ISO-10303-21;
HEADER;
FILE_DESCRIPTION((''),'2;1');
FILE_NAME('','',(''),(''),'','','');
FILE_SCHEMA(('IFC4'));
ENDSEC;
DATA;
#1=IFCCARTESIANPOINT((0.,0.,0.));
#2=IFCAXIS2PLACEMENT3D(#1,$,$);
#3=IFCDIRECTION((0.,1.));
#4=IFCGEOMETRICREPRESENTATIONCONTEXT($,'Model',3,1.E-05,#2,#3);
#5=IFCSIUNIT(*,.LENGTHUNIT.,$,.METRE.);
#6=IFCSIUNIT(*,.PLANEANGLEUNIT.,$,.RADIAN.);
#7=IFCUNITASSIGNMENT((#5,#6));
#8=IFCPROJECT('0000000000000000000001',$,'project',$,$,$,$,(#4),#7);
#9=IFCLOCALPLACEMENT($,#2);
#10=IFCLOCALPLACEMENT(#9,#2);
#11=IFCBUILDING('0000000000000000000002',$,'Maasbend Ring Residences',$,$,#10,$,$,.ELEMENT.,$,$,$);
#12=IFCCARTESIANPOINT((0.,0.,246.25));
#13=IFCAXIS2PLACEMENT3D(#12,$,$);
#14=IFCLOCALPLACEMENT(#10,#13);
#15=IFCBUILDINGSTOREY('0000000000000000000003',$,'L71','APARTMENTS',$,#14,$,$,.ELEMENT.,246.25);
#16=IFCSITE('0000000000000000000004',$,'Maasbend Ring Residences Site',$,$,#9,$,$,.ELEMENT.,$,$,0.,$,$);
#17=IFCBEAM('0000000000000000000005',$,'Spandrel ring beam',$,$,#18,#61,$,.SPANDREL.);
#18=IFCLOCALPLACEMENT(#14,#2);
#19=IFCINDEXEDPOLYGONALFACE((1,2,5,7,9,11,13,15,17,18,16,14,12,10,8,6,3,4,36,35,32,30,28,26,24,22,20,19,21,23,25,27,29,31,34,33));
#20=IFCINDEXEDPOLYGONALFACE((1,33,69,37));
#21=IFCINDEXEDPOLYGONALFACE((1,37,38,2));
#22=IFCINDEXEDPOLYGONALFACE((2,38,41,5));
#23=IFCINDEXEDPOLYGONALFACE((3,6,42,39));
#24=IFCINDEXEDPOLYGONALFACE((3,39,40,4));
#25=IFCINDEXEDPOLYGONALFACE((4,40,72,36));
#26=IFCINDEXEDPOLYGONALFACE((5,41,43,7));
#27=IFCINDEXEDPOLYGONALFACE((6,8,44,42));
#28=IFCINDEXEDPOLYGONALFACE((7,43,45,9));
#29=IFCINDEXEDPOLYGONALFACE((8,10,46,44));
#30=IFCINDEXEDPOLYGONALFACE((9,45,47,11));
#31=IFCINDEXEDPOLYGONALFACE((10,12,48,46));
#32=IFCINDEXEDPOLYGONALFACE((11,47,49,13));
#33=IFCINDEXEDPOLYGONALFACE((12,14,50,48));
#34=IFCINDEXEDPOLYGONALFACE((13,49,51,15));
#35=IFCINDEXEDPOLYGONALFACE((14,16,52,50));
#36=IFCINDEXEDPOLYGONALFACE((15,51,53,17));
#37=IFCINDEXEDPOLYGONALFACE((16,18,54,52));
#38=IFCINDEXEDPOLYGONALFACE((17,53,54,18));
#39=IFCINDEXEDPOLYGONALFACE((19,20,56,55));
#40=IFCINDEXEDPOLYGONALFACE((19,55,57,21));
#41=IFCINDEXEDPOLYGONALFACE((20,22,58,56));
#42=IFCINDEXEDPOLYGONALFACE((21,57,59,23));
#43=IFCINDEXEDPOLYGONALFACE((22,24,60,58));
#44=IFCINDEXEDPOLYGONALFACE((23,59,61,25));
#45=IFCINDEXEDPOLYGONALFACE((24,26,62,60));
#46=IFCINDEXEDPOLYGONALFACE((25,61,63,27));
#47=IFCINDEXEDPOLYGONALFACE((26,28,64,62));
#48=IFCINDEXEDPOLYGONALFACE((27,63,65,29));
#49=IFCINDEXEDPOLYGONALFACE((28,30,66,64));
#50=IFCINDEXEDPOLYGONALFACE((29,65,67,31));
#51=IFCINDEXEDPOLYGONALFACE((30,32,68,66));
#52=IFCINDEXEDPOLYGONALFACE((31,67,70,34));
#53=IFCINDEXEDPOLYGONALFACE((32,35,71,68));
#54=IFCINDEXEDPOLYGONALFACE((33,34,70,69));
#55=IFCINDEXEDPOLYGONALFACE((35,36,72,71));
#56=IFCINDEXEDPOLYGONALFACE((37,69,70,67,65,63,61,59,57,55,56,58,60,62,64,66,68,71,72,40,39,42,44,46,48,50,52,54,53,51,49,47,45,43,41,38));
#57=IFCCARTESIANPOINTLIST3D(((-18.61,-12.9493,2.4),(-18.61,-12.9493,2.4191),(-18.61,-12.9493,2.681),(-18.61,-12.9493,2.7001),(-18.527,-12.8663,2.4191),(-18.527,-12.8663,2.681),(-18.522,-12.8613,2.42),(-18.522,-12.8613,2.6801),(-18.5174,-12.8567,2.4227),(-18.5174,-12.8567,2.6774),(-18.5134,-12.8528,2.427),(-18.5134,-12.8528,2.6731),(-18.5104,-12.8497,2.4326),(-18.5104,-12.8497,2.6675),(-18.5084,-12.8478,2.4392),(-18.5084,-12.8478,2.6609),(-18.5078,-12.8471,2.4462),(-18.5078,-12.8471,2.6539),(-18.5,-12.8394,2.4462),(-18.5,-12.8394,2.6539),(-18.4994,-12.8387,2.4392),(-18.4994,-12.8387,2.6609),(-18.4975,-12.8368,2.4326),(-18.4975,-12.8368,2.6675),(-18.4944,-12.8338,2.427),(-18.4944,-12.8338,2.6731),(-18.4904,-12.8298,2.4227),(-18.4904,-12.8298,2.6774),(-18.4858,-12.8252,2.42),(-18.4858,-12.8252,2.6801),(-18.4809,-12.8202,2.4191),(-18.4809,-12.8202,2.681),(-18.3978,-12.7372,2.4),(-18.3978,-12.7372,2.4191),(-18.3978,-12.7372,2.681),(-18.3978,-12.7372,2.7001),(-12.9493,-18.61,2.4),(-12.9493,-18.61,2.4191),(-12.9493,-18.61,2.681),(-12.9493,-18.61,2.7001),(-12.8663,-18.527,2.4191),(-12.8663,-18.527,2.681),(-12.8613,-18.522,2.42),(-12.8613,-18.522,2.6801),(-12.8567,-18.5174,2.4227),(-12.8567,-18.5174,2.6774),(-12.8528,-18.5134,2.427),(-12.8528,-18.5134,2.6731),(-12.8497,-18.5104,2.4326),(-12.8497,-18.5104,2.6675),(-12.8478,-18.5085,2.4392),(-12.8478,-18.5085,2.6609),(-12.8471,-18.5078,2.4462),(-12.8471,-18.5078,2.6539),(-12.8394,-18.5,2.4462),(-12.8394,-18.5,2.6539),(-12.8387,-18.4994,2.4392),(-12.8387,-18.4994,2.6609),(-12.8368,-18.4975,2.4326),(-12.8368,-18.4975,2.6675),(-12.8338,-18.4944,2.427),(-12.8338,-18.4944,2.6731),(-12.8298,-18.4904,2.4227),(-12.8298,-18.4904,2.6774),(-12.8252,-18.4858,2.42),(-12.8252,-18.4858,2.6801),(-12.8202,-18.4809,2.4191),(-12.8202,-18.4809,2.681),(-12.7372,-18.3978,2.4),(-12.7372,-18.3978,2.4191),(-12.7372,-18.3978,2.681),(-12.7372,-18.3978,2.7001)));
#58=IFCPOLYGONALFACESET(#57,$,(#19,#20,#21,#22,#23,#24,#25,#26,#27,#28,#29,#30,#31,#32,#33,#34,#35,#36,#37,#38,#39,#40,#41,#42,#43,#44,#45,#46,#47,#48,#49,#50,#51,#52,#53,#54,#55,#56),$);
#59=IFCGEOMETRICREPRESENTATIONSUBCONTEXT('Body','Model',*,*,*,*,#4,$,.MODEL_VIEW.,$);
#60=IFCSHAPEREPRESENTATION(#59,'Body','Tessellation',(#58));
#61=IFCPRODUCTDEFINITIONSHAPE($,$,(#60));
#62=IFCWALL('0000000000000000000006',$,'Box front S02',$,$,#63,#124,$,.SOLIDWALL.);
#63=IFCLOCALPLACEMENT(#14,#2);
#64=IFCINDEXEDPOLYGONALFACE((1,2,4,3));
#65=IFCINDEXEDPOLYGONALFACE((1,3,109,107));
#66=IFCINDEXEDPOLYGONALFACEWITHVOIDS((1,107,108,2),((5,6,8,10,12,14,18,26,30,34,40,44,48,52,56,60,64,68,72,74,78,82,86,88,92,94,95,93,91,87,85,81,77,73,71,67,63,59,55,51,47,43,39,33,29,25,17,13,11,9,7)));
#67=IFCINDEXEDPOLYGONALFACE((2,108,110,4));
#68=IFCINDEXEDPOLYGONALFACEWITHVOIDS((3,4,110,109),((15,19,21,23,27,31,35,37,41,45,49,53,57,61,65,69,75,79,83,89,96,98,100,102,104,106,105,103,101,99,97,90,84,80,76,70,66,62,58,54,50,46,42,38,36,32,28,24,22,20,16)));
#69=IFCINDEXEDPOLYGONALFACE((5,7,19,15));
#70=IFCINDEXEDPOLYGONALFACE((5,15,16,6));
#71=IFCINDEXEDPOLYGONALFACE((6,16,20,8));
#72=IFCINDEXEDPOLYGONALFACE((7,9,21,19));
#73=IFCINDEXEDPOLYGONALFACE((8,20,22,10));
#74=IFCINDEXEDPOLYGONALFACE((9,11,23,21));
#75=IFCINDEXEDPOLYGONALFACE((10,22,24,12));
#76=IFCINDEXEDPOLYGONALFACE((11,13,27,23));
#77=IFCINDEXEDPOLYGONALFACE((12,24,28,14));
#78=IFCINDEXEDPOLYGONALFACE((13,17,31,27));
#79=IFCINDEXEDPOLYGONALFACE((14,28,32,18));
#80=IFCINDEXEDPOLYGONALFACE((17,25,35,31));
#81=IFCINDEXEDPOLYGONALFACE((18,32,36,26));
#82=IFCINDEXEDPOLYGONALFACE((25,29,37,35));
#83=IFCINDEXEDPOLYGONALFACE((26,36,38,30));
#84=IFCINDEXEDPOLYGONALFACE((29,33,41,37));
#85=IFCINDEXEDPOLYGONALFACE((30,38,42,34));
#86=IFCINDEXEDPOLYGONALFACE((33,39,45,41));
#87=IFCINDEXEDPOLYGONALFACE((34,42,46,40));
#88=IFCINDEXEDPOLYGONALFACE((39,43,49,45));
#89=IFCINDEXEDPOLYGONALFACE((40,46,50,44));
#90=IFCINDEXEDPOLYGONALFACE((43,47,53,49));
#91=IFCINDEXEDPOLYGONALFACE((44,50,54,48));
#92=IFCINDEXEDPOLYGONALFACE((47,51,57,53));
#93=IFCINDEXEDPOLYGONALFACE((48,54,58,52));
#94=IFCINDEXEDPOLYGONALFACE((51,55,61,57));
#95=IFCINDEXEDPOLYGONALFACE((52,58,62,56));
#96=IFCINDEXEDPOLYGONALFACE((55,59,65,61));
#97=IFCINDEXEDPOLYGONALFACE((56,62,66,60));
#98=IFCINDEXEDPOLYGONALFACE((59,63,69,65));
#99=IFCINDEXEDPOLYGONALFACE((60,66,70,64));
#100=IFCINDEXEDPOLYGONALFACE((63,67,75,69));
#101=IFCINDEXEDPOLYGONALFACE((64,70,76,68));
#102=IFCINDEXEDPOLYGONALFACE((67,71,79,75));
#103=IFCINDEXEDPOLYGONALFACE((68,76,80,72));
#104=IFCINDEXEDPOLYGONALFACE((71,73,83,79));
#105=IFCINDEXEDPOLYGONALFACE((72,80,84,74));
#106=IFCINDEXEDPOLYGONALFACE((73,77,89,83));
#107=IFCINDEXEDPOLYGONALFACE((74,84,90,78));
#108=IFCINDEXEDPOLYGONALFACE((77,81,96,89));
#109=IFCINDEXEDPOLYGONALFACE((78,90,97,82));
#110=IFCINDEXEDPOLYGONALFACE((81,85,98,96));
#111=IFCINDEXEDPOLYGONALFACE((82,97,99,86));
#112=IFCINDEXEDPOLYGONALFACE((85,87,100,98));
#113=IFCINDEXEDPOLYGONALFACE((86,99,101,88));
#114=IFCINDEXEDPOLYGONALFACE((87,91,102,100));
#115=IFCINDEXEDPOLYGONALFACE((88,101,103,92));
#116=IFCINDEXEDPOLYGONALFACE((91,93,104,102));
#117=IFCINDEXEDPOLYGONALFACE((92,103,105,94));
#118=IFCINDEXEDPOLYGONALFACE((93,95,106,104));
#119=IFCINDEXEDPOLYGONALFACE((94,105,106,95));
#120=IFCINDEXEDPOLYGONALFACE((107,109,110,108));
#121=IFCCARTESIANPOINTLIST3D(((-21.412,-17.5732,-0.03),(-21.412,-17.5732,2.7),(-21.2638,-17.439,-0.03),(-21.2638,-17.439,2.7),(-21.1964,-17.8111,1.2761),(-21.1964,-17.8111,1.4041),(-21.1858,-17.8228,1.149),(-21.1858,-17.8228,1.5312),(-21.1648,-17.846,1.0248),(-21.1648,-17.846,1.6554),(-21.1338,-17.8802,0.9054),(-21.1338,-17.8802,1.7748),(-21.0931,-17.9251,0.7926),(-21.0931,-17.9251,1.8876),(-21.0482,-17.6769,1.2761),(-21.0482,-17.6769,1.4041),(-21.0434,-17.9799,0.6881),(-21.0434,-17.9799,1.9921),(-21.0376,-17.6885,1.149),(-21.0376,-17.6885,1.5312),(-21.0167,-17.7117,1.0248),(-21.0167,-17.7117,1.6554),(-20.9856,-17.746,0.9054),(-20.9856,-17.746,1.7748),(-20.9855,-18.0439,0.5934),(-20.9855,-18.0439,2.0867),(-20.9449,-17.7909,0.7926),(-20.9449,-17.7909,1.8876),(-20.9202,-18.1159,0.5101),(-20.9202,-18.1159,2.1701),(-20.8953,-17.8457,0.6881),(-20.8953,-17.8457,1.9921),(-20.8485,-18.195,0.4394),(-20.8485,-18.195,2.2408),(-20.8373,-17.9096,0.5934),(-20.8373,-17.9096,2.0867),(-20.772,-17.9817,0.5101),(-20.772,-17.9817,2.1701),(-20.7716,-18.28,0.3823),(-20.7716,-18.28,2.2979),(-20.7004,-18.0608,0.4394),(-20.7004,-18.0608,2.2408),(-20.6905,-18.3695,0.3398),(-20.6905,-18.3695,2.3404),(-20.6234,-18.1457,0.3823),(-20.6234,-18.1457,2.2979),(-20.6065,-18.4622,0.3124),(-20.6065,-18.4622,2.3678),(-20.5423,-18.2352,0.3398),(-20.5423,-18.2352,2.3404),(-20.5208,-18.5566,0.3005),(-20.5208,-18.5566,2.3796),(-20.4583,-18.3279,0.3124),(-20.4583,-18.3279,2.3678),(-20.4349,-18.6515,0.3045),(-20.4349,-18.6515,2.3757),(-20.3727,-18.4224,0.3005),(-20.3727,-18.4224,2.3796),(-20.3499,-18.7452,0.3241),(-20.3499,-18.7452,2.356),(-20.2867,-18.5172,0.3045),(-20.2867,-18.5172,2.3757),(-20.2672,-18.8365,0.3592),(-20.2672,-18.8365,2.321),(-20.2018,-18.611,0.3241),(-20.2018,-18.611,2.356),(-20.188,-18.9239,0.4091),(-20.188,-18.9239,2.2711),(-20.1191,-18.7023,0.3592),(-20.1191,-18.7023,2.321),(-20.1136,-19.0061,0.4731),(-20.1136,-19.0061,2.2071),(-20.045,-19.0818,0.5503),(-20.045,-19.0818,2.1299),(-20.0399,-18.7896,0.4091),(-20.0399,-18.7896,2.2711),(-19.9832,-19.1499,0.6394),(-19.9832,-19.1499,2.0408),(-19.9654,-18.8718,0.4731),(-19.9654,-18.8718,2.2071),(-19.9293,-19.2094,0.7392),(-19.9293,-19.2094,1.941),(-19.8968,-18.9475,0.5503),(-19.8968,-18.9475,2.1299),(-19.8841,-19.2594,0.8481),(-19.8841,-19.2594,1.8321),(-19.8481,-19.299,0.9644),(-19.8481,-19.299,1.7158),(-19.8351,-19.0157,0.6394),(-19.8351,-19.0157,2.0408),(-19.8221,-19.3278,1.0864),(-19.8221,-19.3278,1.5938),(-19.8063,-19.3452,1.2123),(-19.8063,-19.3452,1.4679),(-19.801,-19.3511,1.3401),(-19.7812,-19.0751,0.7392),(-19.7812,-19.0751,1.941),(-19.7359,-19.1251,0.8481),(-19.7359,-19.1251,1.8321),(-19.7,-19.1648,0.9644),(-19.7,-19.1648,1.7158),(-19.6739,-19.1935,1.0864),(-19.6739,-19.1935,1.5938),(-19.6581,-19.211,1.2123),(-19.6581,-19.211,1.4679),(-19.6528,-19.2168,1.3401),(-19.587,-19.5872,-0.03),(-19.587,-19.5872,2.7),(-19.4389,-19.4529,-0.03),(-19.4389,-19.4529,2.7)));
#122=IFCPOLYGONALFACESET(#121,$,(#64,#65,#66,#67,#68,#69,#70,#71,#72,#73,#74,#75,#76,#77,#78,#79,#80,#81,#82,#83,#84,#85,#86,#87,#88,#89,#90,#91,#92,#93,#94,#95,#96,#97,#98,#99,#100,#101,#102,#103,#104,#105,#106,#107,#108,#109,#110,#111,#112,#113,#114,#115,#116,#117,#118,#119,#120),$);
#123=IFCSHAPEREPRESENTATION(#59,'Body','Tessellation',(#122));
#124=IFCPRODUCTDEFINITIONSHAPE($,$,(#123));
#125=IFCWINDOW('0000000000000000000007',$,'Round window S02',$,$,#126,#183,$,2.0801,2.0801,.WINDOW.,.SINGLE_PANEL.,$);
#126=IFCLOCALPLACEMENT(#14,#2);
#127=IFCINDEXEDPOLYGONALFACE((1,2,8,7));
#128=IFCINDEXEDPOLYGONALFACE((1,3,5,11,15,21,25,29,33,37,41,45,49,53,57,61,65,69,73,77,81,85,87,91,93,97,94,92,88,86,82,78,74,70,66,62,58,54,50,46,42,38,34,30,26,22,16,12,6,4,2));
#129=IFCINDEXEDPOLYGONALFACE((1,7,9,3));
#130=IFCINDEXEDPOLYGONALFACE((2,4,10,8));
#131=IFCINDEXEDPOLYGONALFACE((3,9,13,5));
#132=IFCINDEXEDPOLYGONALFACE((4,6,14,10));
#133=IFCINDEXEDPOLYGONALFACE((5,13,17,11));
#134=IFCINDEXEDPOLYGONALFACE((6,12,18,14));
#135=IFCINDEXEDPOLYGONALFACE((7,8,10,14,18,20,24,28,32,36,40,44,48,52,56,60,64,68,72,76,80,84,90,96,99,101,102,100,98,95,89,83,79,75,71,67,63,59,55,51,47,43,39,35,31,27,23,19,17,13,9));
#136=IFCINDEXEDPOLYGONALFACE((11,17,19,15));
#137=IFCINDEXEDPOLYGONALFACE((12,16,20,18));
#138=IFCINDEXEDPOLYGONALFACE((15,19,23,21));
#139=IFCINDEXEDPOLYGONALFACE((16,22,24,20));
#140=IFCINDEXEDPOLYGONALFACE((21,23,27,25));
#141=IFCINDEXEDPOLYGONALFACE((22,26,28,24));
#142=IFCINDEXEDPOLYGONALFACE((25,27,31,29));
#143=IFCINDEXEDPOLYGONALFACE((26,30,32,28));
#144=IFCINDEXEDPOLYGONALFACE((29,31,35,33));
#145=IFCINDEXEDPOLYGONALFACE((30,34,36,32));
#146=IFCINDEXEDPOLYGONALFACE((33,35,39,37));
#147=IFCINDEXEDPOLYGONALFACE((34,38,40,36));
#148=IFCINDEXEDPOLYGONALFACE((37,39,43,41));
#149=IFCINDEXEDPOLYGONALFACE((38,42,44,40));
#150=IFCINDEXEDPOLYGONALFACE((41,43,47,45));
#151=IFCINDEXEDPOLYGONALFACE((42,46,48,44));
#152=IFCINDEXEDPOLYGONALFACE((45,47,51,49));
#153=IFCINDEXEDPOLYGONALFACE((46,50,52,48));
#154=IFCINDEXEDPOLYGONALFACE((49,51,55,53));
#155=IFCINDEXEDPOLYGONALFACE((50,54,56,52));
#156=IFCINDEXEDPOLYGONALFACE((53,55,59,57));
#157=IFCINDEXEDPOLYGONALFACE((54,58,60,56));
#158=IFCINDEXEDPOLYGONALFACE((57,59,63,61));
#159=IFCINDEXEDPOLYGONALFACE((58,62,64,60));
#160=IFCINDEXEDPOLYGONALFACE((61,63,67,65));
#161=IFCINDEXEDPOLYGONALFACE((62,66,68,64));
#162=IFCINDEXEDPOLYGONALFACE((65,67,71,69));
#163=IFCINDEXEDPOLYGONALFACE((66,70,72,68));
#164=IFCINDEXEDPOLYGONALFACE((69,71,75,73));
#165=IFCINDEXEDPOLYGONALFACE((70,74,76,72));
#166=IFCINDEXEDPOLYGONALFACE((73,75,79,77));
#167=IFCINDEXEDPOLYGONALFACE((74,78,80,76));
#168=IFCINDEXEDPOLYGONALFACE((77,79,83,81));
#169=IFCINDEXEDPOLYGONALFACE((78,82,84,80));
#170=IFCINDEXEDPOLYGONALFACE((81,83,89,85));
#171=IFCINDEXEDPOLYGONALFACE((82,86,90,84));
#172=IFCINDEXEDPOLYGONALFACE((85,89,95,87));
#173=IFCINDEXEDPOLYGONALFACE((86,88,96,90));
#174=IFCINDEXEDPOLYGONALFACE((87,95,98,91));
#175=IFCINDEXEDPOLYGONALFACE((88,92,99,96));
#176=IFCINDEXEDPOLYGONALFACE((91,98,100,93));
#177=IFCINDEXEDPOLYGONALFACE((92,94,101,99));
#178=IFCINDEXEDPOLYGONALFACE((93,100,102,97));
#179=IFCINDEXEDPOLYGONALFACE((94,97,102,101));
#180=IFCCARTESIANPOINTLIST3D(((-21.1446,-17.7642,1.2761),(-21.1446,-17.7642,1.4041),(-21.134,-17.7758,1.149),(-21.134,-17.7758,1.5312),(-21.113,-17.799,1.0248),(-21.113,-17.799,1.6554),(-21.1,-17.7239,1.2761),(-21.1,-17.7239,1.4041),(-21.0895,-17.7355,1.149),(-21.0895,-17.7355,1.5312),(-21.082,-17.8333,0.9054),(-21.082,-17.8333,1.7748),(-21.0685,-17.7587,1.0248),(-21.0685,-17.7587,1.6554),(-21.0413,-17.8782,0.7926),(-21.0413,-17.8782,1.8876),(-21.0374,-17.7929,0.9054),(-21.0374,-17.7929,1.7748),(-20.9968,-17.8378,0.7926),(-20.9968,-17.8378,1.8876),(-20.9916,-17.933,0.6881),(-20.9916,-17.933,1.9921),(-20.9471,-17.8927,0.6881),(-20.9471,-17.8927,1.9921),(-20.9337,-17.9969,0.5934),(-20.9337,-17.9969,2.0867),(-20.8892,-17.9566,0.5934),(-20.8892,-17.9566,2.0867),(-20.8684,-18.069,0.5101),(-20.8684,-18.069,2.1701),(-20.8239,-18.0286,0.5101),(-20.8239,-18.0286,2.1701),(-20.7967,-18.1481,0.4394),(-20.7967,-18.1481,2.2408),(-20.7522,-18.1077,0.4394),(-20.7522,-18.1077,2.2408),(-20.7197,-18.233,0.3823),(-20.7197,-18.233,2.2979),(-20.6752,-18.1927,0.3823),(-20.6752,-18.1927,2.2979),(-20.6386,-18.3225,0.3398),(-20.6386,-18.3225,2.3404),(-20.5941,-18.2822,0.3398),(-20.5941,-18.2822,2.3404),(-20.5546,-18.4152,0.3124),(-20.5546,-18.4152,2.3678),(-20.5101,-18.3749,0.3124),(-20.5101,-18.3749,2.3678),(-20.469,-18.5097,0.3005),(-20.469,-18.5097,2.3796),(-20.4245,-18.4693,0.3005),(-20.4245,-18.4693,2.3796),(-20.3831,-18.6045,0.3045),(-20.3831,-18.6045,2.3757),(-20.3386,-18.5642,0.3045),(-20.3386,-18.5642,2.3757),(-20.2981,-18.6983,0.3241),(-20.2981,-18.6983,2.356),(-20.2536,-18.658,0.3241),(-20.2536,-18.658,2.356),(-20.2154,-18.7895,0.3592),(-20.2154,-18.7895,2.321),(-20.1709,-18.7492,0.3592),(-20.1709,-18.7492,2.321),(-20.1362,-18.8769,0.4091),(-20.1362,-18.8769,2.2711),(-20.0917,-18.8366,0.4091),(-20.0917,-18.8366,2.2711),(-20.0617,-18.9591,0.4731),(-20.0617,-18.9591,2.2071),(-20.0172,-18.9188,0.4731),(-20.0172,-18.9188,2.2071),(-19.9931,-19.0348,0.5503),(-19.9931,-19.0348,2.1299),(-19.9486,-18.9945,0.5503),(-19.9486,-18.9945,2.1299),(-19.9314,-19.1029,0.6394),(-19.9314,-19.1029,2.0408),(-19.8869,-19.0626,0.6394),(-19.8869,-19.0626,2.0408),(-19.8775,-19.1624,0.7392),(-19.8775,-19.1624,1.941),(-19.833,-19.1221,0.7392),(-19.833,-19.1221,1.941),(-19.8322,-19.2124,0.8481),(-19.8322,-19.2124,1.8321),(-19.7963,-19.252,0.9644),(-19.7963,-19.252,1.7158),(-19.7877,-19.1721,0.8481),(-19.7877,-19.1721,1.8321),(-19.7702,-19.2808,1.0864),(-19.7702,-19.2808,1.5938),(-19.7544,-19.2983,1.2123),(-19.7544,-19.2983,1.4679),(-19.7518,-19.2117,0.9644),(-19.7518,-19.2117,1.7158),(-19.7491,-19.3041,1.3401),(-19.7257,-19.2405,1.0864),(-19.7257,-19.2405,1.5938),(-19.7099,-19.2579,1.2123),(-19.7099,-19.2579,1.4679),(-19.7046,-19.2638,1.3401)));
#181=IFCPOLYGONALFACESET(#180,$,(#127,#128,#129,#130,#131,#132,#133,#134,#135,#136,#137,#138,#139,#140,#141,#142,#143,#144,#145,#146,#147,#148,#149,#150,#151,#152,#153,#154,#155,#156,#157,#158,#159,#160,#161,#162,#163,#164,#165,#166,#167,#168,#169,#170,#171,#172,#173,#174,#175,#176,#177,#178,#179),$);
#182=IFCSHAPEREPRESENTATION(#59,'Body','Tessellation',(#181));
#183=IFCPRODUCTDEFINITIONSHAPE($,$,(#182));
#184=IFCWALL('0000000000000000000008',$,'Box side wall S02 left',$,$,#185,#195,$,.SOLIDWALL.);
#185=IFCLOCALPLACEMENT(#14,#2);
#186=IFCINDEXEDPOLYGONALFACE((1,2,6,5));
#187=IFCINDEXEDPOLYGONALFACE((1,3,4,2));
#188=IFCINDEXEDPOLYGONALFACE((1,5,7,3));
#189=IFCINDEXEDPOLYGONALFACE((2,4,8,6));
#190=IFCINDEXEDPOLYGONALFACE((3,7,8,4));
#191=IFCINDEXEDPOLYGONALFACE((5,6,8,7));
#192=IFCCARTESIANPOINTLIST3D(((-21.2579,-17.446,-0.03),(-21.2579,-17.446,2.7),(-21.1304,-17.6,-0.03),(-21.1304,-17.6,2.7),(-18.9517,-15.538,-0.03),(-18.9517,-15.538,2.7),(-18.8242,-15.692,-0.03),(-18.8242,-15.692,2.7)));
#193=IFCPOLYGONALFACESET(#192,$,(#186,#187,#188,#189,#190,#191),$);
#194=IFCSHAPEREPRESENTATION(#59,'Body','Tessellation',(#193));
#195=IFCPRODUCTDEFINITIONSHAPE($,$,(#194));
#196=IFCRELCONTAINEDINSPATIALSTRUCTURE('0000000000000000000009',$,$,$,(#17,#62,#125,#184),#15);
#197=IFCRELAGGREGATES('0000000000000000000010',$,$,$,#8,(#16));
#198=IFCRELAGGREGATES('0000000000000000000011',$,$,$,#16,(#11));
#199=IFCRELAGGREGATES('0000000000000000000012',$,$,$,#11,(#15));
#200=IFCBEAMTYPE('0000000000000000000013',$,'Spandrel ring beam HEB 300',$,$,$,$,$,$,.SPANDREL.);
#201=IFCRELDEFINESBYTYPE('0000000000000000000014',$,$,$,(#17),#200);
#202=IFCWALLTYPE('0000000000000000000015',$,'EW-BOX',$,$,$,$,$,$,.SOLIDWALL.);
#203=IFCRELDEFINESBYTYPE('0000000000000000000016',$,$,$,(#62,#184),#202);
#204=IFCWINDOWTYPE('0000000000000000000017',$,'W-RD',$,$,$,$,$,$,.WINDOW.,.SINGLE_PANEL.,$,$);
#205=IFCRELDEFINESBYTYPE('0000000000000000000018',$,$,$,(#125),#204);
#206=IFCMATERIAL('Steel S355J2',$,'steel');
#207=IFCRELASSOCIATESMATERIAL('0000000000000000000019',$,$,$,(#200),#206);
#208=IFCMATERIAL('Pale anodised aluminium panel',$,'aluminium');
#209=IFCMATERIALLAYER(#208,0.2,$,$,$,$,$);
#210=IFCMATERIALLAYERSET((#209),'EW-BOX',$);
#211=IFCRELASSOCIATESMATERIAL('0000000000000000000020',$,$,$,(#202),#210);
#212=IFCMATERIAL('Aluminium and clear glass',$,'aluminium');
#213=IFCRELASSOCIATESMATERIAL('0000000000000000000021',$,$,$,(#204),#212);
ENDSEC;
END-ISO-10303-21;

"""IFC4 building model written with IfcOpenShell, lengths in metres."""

from ifc_helpers import new_model, si_unit, direction, frame, frame_2d, origin, origin_2d, place, context, subcontext, project, spatial, rectangle, circle, i_section, extrude, material, layer, layer_set, material_profile, profile_set, type_object, element, fill, save


model = new_model("IFC4")

# Units and contexts
model_context = context("Model", 3, precision=1e-05, world=origin(), true_north=direction((0.0, 1.0)))
body_context = subcontext(model_context, "Body", "Model", "MODEL_VIEW")
ifc_project = project(units=[si_unit("LENGTHUNIT", "METRE"), si_unit("PLANEANGLEUNIT", "RADIAN")], contexts=[model_context])

# Site, building, storey
site_placement = place(None, origin())
site = spatial("IfcSite", under=ifc_project, at=site_placement, Name="Maasbend Ring Residences Site", CompositionType="ELEMENT", RefElevation=0.0)
building_placement = place(site_placement, origin())
building = spatial("IfcBuilding", under=site, at=building_placement, Name="Maasbend Ring Residences", CompositionType="ELEMENT")
storey_placement = place(building_placement, frame((0.0, 0.0, 246.25)))
storey = spatial("IfcBuildingStorey", under=building, at=storey_placement, Name="L71", Description="APARTMENTS", CompositionType="ELEMENT", Elevation=246.25)

# Beam
ifc_material_1 = material(Name="Steel S355J2", Category="steel")
ifc_material_profile_1 = material_profile(ifc_material_1, i_section(OverallWidth=0.3, OverallDepth=0.3, WebThickness=0.011, FlangeThickness=0.019, FilletRadius=0.0271, at=origin_2d()), Name="HEB 300")
ifc_profile_set_1 = profile_set([ifc_material_profile_1], Name="Steel S355J2")
beam_type_1 = type_object("IfcBeamType", Name="Spandrel ring beam HEB 300", PredefinedType="SPANDREL", material=ifc_profile_set_1)
beam_1_placement = place(storey_placement, frame((-18.5039, -12.8433, 2.55), z_axis=(0.707107, -0.707107, 0.0), x_axis=(0.707107, 0.707107, 0.0)))
element("IfcBeam", 1, at=beam_1_placement, inside=storey, type_object=beam_type_1, Name="Spandrel ring beam", PredefinedType="SPANDREL", context=body_context, shape_type="SweptSolid", body=[
    extrude(i_section(OverallWidth=0.3, OverallDepth=0.3, WebThickness=0.011, FlangeThickness=0.019, FilletRadius=0.0271, at=origin_2d()), origin(), (0.0, 0.0, 1.0), 8.0054),
])

# Wall, opening, window
ifc_material_2 = material(Name="Pale anodised aluminium panel", Category="aluminium")
ifc_layer_1 = layer(ifc_material_2, 0.2)
ifc_layer_set_1 = layer_set([ifc_layer_1], Name="EW-BOX")
wall_type_1 = type_object("IfcWallType", Name="EW-BOX", PredefinedType="SOLIDWALL", material=ifc_layer_set_1)
wall_1_placement = place(storey_placement, frame((-21.3379, -17.5061, -0.03), z_axis=(0.0, 0.0, 1.0), x_axis=(0.671487, -0.741016, 0.0)))
wall_1 = element("IfcWall", 2, at=wall_1_placement, inside=storey, type_object=wall_type_1, Name="Box front S02", PredefinedType="SOLIDWALL", context=body_context, shape_type="SweptSolid", body=[
    extrude(rectangle(XDim=2.7178, YDim=0.2, at=frame_2d((1.3589, 0.0))), origin(), (0.0, 0.0, 1.0), 2.73),
])
opening_1_placement = place(wall_1_placement, frame((0.3191, 0.0, 0.3301)))
opening_1 = element("IfcOpeningElement", 3, at=opening_1_placement, cuts=wall_1, PredefinedType="OPENING", context=body_context, shape_type="SweptSolid", body=[
    extrude(circle(Radius=1.04, at=frame_2d((1.04, 1.04))), frame((0.0, 0.1099, 0.0), z_axis=(0.0, -1.0, 0.0), x_axis=(1.0, 0.0, 0.0)), (0.0, 0.0, 1.0), 0.22),
])
ifc_material_3 = material(Name="Aluminium and clear glass", Category="aluminium")
window_type_1 = type_object("IfcWindowType", Name="W-RD", PartitioningType="SINGLE_PANEL", PredefinedType="WINDOW", material=ifc_material_3)
window_1_placement = place(opening_1_placement, origin())
window_1 = element("IfcWindow", 4, at=window_1_placement, inside=storey, type_object=window_type_1, Name="Round window S02", OverallHeight=2.0801, OverallWidth=2.0801, PartitioningType="SINGLE_PANEL", PredefinedType="WINDOW", context=body_context, shape_type="SweptSolid", body=[
    extrude(circle(Radius=1.04, at=frame_2d((1.04, 1.04))), frame((0.0, 0.03, 0.0), z_axis=(0.0, -1.0, 0.0), x_axis=(1.0, 0.0, 0.0)), (0.0, 0.0, 1.0), 0.0601),
])
fill(opening_1, window_1)

# Wall
wall_2_placement = place(storey_placement, frame((-18.8879, -15.615, -0.03), z_axis=(0.0, 0.0, 1.0), x_axis=(-0.77049, -0.637453, 0.0)))
element("IfcWall", 5, at=wall_2_placement, inside=storey, type_object=wall_type_1, Name="Box side wall S02 left", PredefinedType="SOLIDWALL", context=body_context, shape_type="SweptSolid", body=[
    extrude(rectangle(XDim=2.9932, YDim=0.2, at=frame_2d((1.4966, 0.0))), origin(), (0.0, 0.0, 1.0), 2.73),
])

save(model, "model.ifc")
